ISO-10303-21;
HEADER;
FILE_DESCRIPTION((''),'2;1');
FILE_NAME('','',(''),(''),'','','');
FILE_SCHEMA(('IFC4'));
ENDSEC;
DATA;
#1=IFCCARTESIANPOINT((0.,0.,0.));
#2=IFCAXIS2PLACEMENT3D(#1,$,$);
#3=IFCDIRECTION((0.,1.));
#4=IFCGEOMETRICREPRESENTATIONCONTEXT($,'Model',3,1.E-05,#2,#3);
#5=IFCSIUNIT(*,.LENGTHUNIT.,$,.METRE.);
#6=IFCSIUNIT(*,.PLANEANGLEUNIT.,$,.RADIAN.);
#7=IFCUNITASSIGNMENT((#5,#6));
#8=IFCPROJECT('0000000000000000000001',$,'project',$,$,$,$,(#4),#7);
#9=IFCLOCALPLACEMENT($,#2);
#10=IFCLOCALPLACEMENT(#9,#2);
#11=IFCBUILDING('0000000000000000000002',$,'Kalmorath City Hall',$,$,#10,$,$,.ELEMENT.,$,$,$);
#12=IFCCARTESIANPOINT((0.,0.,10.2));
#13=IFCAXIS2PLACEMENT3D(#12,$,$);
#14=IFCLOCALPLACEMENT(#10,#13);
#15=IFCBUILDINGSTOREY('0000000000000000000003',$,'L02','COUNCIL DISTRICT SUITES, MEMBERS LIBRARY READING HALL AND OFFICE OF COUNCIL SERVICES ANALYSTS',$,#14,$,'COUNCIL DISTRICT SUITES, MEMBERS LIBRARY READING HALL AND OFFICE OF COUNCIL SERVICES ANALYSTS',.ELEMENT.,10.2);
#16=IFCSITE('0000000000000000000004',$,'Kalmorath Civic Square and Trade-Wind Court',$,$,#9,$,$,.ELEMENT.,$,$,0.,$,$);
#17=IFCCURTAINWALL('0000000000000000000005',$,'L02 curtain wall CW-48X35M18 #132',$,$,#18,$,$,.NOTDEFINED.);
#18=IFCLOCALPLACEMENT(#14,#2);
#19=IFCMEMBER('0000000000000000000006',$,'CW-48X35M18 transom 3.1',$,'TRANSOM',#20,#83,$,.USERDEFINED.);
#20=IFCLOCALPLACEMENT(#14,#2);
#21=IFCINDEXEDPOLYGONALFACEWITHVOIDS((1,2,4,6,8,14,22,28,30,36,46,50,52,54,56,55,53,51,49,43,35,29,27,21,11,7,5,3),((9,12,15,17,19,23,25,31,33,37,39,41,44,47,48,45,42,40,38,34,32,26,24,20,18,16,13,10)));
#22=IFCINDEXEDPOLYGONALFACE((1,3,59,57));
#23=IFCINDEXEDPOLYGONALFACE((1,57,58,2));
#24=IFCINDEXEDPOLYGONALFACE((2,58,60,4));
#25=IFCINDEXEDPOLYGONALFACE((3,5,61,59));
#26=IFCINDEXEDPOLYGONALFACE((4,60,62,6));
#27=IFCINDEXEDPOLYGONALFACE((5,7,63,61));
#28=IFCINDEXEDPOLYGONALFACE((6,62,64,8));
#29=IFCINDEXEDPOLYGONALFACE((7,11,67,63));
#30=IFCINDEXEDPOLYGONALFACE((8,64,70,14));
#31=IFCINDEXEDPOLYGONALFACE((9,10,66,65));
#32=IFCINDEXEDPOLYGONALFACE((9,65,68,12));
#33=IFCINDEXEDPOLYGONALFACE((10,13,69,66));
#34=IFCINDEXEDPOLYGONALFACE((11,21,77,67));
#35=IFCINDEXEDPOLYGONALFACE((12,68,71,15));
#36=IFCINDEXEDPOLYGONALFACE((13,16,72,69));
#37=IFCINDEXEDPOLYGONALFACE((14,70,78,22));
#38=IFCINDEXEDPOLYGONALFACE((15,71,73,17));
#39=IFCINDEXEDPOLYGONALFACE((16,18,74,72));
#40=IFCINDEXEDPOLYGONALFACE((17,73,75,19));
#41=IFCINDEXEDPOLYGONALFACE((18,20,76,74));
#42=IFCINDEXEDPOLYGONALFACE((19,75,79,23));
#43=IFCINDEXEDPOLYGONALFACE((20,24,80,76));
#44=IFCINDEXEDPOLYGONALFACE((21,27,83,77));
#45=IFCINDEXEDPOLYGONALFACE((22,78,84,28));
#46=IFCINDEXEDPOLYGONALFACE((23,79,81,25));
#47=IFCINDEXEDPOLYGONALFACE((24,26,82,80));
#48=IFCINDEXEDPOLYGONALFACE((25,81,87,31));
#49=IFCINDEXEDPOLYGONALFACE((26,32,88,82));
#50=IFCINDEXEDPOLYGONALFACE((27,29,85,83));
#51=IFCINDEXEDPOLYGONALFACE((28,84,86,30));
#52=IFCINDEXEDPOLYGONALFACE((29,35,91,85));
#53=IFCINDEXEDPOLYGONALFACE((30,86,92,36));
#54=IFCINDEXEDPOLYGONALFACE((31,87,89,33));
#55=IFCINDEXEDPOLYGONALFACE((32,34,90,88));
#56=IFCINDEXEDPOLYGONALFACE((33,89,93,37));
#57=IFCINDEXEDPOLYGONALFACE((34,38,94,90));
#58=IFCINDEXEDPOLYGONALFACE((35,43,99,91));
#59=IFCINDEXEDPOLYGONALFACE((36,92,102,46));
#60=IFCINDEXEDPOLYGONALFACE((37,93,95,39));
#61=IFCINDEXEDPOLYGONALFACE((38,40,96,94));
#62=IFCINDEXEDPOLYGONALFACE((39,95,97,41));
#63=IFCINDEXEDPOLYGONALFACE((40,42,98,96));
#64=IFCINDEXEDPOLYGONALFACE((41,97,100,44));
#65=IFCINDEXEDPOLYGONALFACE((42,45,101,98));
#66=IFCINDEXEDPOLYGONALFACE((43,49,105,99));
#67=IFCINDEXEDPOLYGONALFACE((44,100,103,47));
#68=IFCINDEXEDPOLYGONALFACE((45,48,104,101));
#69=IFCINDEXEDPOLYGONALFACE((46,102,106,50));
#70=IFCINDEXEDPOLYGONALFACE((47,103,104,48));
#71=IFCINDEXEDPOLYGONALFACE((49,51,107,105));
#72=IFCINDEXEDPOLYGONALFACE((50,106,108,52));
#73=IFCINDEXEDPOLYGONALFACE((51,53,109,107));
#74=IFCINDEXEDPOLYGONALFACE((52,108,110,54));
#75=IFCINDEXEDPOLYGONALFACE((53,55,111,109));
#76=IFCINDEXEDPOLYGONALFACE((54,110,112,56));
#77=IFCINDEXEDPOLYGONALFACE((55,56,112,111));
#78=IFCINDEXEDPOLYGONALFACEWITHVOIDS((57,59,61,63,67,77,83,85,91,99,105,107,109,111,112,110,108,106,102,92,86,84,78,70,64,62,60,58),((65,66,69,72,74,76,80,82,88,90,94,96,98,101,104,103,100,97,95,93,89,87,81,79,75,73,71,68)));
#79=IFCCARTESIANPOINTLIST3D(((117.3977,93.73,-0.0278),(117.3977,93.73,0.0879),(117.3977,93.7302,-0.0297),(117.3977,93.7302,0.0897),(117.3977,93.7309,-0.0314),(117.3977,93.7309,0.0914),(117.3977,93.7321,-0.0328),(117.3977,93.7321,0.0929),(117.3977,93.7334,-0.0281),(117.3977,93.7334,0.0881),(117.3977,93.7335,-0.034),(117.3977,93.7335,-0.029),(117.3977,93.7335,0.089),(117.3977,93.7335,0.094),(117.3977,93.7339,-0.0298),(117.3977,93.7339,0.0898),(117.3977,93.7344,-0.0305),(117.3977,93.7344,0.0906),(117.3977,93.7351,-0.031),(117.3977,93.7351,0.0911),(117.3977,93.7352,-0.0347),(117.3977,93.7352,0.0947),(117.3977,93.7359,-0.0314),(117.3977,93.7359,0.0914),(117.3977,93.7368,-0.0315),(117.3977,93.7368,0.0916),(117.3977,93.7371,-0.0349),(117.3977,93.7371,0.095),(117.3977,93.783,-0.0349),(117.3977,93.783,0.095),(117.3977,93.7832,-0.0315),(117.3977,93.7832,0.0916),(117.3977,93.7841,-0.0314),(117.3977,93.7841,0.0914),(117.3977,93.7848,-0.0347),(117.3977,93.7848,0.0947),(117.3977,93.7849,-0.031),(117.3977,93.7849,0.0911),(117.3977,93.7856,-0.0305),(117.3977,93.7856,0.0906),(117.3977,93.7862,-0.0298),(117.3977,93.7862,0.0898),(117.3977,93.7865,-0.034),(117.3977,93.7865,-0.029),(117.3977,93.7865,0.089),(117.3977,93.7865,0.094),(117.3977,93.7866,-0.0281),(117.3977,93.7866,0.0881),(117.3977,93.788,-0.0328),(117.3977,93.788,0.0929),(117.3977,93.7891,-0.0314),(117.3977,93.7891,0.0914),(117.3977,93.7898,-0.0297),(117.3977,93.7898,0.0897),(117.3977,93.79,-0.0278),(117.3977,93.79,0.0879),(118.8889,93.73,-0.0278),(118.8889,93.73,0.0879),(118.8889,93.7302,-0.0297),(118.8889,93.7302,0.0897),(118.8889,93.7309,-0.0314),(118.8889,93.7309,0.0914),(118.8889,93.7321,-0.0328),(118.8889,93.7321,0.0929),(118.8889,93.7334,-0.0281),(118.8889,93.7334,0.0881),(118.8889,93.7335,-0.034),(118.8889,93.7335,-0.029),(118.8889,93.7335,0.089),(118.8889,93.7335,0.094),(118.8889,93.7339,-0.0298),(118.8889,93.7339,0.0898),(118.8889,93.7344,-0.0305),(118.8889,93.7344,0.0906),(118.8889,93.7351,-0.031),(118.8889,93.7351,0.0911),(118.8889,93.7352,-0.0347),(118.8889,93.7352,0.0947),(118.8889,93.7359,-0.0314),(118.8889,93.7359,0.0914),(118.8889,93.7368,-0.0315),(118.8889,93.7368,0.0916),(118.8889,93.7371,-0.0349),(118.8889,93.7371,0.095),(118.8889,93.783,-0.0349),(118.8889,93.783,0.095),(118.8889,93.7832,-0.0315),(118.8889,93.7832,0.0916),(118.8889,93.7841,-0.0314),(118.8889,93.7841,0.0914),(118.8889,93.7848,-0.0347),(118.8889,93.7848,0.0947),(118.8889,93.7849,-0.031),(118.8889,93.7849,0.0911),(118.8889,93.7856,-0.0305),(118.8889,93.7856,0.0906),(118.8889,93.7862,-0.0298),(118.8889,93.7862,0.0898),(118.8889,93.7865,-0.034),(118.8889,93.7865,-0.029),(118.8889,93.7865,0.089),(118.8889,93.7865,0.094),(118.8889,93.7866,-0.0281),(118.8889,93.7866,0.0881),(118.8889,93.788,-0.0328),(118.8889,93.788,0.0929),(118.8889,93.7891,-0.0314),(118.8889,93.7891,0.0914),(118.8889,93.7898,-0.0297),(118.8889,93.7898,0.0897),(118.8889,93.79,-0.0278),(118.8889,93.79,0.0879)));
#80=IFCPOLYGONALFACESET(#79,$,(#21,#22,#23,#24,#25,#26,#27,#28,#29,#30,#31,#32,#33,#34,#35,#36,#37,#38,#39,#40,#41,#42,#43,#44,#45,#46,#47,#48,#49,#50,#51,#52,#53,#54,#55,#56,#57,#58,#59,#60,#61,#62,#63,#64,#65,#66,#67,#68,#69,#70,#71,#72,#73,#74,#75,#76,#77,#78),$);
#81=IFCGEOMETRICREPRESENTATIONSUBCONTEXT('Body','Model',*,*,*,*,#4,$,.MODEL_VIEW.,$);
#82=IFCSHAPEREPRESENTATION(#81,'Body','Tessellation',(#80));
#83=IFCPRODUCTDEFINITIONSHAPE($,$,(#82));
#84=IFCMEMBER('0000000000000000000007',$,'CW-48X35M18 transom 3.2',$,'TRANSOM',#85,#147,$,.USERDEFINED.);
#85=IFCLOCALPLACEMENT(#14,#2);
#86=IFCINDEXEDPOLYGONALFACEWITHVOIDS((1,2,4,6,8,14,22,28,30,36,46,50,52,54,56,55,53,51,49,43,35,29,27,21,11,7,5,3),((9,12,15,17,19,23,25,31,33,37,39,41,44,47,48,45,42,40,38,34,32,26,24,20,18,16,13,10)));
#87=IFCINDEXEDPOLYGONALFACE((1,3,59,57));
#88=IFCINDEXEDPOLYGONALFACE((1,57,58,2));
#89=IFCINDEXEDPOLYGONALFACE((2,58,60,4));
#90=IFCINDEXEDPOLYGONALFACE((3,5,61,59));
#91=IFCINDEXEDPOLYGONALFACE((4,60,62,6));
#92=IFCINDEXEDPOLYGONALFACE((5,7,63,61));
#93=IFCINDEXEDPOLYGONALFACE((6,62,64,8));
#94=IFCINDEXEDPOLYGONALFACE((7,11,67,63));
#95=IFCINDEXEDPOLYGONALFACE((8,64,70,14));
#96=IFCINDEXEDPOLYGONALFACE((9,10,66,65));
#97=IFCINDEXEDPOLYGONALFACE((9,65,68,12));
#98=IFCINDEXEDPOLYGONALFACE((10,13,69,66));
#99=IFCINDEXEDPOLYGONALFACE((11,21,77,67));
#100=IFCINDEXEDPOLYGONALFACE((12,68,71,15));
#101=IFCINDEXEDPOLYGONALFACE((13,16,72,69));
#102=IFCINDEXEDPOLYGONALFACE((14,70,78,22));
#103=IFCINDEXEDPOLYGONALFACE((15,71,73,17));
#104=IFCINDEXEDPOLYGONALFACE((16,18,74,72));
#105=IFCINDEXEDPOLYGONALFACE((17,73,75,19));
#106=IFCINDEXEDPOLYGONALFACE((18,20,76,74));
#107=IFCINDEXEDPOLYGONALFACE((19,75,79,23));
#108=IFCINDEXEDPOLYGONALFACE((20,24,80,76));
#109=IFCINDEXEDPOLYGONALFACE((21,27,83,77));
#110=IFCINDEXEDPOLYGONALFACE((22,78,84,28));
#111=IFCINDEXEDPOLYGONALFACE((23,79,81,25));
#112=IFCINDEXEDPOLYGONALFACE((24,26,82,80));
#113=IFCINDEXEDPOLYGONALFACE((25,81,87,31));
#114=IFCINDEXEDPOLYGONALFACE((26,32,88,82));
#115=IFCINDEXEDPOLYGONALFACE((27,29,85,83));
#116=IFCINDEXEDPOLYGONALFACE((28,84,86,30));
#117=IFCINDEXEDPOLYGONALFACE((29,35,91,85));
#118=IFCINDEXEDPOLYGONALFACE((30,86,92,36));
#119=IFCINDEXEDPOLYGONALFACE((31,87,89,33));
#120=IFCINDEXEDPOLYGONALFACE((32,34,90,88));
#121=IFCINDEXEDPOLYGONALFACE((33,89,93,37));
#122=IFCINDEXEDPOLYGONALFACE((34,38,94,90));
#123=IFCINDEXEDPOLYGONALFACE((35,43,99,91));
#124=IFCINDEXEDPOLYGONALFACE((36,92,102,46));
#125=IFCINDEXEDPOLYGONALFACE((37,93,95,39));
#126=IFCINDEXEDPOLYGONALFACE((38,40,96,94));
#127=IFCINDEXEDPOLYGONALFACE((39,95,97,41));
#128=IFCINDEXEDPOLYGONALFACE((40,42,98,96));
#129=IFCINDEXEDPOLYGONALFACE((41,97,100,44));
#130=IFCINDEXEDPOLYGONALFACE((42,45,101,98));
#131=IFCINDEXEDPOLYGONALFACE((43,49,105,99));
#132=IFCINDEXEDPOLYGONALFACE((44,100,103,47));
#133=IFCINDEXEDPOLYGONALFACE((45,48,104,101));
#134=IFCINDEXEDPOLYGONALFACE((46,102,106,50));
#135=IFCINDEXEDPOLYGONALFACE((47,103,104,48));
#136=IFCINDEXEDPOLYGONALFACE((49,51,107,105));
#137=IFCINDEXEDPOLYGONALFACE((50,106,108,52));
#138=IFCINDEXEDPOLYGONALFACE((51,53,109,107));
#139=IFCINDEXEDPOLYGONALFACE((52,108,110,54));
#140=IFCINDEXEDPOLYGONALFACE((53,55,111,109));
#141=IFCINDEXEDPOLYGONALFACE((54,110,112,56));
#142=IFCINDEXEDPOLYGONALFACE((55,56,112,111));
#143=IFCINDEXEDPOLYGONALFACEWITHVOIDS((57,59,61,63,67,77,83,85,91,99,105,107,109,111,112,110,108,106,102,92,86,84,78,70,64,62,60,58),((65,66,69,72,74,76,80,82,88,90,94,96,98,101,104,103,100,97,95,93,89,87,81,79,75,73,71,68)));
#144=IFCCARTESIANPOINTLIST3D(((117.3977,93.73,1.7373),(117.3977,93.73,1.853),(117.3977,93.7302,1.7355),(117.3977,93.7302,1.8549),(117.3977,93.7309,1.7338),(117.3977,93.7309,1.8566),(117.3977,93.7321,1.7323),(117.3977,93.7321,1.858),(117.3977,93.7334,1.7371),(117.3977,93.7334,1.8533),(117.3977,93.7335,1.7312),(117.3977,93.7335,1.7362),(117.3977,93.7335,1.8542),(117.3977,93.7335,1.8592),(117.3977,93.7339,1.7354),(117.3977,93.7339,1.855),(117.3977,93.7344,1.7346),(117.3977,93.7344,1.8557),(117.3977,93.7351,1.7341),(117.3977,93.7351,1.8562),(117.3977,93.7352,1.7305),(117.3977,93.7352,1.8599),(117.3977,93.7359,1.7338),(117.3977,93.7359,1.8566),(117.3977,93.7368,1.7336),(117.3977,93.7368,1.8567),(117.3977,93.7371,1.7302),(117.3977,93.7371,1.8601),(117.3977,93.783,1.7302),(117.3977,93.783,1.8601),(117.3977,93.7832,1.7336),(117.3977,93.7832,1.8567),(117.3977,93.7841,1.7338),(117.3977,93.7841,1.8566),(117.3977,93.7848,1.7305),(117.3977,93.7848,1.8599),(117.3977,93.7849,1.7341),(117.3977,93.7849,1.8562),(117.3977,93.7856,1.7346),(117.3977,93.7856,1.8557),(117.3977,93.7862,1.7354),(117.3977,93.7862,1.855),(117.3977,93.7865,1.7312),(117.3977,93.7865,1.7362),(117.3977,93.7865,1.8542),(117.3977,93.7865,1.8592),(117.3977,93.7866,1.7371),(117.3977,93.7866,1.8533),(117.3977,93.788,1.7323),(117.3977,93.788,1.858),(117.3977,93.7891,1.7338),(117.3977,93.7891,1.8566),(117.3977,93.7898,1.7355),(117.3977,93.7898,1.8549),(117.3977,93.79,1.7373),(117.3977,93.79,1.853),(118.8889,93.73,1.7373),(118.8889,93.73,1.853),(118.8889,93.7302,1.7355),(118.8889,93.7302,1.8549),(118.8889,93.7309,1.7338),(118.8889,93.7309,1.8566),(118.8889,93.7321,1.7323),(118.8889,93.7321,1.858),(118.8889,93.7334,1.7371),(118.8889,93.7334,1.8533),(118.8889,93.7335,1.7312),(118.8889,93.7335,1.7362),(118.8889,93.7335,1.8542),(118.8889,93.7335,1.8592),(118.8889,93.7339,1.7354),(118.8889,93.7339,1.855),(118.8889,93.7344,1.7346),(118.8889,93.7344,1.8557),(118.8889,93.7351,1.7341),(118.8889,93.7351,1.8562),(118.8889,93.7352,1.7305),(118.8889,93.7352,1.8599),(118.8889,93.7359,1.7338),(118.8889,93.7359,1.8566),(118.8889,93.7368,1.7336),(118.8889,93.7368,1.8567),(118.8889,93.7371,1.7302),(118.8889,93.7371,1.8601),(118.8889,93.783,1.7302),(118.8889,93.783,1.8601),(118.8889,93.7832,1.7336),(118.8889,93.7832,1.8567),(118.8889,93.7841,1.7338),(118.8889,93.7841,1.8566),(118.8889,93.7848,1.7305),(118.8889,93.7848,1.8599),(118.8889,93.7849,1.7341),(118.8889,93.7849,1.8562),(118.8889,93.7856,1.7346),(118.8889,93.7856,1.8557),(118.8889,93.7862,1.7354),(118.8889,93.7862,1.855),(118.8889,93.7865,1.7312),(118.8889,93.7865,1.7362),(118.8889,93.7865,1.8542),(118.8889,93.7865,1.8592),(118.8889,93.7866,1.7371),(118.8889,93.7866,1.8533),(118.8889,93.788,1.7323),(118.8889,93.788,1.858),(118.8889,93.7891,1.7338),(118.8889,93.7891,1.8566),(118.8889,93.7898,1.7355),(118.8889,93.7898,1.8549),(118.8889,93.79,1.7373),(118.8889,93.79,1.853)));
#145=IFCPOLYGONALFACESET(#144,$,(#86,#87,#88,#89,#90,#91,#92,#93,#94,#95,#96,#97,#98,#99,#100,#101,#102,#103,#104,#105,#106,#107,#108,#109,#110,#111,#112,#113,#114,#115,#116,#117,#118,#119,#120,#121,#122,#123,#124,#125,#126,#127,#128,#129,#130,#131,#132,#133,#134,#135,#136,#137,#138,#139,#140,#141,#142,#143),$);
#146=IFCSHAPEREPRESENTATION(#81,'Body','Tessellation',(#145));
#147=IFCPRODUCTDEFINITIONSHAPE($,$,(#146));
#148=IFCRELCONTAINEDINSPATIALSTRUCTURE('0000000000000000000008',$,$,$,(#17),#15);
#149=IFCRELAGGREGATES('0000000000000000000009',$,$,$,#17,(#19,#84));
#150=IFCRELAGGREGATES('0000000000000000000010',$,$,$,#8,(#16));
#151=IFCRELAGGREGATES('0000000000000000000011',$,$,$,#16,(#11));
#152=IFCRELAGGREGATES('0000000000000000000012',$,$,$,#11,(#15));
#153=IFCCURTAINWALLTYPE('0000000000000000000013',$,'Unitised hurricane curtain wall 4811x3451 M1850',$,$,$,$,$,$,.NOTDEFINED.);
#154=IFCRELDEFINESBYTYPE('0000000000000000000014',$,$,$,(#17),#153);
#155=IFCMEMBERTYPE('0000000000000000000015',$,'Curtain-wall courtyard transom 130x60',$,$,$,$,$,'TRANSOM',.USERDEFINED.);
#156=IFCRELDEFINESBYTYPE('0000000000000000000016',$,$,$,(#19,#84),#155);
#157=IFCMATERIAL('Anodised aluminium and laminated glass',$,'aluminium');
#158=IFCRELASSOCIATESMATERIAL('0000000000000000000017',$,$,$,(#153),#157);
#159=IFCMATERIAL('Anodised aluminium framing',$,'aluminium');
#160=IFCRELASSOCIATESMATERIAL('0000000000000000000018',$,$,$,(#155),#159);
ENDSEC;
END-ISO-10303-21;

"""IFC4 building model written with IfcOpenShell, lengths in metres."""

from ifc_helpers import new_model, si_unit, direction, frame, origin, origin_2d, place, context, subcontext, project, spatial, hollow_rectangle, extrude, material, material_profile, profile_set, type_object, element, aggregate, save


model = new_model("IFC4")

# Units and contexts
model_context = context("Model", 3, precision=1e-05, world=origin(), true_north=direction((0.0, 1.0)))
body_context = subcontext(model_context, "Body", "Model", "MODEL_VIEW")
ifc_project = project(units=[si_unit("LENGTHUNIT", "METRE"), si_unit("PLANEANGLEUNIT", "RADIAN")], contexts=[model_context])

# Site, building, storey
site_placement = place(None, origin())
site = spatial("IfcSite", under=ifc_project, at=site_placement, Name="Kalmorath Civic Square and Trade-Wind Court", CompositionType="ELEMENT", RefElevation=0.0)
building_placement = place(site_placement, origin())
building = spatial("IfcBuilding", under=site, at=building_placement, Name="Kalmorath City Hall", CompositionType="ELEMENT")
storey_placement = place(building_placement, frame((0.0, 0.0, 10.2)))
storey = spatial("IfcBuildingStorey", under=building, at=storey_placement, Name="L02", Description="COUNCIL DISTRICT SUITES, MEMBERS LIBRARY READING HALL AND OFFICE OF COUNCIL SERVICES ANALYSTS", LongName="COUNCIL DISTRICT SUITES, MEMBERS LIBRARY READING HALL AND OFFICE OF COUNCIL SERVICES ANALYSTS", CompositionType="ELEMENT", Elevation=10.2)

# Curtain wall, members
ifc_material_1 = material(Name="Anodised aluminium and laminated glass", Category="aluminium")
curtain_wall_type_1 = type_object("IfcCurtainWallType", Name="Unitised hurricane curtain wall 4811x3451 M1850", PredefinedType="NOTDEFINED", material=ifc_material_1)
curtain_wall_1_placement = place(storey_placement, origin())
curtain_wall_1 = element("IfcCurtainWall", 1, at=curtain_wall_1_placement, inside=storey, type_object=curtain_wall_type_1, Name="L02 curtain wall CW-48X35M18 #132", PredefinedType="NOTDEFINED")
ifc_material_2 = material(Name="Anodised aluminium framing", Category="aluminium")
ifc_material_profile_1 = material_profile(ifc_material_2, hollow_rectangle(XDim=0.0601, YDim=0.1299, WallThickness=0.0034, InnerFilletRadius=0.0034, OuterFilletRadius=0.0071, at=origin_2d()), Name="ALU-TRN-130X60X3.5")
ifc_profile_set_1 = profile_set([ifc_material_profile_1], Name="Anodised aluminium framing")
member_type_1 = type_object("IfcMemberType", Name="Curtain-wall courtyard transom 130x60", ElementType="TRANSOM", PredefinedType="USERDEFINED", material=ifc_profile_set_1)
member_1_placement = place(storey_placement, frame((118.8889, 93.76, 0.03), z_axis=(-1.0, 0.0, 0.0), x_axis=(0.0, -1.0, 0.0)))
member_1 = element("IfcMember", 2, at=member_1_placement, type_object=member_type_1, Name="CW-48X35M18 transom 3.1", ObjectType="TRANSOM", PredefinedType="USERDEFINED", context=body_context, shape_type="SweptSolid", body=[
    extrude(hollow_rectangle(XDim=0.0601, YDim=0.1299, WallThickness=0.0034, InnerFilletRadius=0.0034, OuterFilletRadius=0.0071, at=origin_2d()), origin(), (0.0, 0.0, 1.0), 1.4912),
])
member_2_placement = place(storey_placement, frame((118.8889, 93.76, 1.7952), z_axis=(-1.0, 0.0, 0.0), x_axis=(0.0, -1.0, 0.0)))
member_2 = element("IfcMember", 3, at=member_2_placement, type_object=member_type_1, Name="CW-48X35M18 transom 3.2", ObjectType="TRANSOM", PredefinedType="USERDEFINED", context=body_context, shape_type="SweptSolid", body=[
    extrude(hollow_rectangle(XDim=0.0601, YDim=0.1299, WallThickness=0.0034, InnerFilletRadius=0.0034, OuterFilletRadius=0.0071, at=origin_2d()), origin(), (0.0, 0.0, 1.0), 1.4912),
])

aggregate(curtain_wall_1, [member_1, member_2])

save(model, "model.ifc")
